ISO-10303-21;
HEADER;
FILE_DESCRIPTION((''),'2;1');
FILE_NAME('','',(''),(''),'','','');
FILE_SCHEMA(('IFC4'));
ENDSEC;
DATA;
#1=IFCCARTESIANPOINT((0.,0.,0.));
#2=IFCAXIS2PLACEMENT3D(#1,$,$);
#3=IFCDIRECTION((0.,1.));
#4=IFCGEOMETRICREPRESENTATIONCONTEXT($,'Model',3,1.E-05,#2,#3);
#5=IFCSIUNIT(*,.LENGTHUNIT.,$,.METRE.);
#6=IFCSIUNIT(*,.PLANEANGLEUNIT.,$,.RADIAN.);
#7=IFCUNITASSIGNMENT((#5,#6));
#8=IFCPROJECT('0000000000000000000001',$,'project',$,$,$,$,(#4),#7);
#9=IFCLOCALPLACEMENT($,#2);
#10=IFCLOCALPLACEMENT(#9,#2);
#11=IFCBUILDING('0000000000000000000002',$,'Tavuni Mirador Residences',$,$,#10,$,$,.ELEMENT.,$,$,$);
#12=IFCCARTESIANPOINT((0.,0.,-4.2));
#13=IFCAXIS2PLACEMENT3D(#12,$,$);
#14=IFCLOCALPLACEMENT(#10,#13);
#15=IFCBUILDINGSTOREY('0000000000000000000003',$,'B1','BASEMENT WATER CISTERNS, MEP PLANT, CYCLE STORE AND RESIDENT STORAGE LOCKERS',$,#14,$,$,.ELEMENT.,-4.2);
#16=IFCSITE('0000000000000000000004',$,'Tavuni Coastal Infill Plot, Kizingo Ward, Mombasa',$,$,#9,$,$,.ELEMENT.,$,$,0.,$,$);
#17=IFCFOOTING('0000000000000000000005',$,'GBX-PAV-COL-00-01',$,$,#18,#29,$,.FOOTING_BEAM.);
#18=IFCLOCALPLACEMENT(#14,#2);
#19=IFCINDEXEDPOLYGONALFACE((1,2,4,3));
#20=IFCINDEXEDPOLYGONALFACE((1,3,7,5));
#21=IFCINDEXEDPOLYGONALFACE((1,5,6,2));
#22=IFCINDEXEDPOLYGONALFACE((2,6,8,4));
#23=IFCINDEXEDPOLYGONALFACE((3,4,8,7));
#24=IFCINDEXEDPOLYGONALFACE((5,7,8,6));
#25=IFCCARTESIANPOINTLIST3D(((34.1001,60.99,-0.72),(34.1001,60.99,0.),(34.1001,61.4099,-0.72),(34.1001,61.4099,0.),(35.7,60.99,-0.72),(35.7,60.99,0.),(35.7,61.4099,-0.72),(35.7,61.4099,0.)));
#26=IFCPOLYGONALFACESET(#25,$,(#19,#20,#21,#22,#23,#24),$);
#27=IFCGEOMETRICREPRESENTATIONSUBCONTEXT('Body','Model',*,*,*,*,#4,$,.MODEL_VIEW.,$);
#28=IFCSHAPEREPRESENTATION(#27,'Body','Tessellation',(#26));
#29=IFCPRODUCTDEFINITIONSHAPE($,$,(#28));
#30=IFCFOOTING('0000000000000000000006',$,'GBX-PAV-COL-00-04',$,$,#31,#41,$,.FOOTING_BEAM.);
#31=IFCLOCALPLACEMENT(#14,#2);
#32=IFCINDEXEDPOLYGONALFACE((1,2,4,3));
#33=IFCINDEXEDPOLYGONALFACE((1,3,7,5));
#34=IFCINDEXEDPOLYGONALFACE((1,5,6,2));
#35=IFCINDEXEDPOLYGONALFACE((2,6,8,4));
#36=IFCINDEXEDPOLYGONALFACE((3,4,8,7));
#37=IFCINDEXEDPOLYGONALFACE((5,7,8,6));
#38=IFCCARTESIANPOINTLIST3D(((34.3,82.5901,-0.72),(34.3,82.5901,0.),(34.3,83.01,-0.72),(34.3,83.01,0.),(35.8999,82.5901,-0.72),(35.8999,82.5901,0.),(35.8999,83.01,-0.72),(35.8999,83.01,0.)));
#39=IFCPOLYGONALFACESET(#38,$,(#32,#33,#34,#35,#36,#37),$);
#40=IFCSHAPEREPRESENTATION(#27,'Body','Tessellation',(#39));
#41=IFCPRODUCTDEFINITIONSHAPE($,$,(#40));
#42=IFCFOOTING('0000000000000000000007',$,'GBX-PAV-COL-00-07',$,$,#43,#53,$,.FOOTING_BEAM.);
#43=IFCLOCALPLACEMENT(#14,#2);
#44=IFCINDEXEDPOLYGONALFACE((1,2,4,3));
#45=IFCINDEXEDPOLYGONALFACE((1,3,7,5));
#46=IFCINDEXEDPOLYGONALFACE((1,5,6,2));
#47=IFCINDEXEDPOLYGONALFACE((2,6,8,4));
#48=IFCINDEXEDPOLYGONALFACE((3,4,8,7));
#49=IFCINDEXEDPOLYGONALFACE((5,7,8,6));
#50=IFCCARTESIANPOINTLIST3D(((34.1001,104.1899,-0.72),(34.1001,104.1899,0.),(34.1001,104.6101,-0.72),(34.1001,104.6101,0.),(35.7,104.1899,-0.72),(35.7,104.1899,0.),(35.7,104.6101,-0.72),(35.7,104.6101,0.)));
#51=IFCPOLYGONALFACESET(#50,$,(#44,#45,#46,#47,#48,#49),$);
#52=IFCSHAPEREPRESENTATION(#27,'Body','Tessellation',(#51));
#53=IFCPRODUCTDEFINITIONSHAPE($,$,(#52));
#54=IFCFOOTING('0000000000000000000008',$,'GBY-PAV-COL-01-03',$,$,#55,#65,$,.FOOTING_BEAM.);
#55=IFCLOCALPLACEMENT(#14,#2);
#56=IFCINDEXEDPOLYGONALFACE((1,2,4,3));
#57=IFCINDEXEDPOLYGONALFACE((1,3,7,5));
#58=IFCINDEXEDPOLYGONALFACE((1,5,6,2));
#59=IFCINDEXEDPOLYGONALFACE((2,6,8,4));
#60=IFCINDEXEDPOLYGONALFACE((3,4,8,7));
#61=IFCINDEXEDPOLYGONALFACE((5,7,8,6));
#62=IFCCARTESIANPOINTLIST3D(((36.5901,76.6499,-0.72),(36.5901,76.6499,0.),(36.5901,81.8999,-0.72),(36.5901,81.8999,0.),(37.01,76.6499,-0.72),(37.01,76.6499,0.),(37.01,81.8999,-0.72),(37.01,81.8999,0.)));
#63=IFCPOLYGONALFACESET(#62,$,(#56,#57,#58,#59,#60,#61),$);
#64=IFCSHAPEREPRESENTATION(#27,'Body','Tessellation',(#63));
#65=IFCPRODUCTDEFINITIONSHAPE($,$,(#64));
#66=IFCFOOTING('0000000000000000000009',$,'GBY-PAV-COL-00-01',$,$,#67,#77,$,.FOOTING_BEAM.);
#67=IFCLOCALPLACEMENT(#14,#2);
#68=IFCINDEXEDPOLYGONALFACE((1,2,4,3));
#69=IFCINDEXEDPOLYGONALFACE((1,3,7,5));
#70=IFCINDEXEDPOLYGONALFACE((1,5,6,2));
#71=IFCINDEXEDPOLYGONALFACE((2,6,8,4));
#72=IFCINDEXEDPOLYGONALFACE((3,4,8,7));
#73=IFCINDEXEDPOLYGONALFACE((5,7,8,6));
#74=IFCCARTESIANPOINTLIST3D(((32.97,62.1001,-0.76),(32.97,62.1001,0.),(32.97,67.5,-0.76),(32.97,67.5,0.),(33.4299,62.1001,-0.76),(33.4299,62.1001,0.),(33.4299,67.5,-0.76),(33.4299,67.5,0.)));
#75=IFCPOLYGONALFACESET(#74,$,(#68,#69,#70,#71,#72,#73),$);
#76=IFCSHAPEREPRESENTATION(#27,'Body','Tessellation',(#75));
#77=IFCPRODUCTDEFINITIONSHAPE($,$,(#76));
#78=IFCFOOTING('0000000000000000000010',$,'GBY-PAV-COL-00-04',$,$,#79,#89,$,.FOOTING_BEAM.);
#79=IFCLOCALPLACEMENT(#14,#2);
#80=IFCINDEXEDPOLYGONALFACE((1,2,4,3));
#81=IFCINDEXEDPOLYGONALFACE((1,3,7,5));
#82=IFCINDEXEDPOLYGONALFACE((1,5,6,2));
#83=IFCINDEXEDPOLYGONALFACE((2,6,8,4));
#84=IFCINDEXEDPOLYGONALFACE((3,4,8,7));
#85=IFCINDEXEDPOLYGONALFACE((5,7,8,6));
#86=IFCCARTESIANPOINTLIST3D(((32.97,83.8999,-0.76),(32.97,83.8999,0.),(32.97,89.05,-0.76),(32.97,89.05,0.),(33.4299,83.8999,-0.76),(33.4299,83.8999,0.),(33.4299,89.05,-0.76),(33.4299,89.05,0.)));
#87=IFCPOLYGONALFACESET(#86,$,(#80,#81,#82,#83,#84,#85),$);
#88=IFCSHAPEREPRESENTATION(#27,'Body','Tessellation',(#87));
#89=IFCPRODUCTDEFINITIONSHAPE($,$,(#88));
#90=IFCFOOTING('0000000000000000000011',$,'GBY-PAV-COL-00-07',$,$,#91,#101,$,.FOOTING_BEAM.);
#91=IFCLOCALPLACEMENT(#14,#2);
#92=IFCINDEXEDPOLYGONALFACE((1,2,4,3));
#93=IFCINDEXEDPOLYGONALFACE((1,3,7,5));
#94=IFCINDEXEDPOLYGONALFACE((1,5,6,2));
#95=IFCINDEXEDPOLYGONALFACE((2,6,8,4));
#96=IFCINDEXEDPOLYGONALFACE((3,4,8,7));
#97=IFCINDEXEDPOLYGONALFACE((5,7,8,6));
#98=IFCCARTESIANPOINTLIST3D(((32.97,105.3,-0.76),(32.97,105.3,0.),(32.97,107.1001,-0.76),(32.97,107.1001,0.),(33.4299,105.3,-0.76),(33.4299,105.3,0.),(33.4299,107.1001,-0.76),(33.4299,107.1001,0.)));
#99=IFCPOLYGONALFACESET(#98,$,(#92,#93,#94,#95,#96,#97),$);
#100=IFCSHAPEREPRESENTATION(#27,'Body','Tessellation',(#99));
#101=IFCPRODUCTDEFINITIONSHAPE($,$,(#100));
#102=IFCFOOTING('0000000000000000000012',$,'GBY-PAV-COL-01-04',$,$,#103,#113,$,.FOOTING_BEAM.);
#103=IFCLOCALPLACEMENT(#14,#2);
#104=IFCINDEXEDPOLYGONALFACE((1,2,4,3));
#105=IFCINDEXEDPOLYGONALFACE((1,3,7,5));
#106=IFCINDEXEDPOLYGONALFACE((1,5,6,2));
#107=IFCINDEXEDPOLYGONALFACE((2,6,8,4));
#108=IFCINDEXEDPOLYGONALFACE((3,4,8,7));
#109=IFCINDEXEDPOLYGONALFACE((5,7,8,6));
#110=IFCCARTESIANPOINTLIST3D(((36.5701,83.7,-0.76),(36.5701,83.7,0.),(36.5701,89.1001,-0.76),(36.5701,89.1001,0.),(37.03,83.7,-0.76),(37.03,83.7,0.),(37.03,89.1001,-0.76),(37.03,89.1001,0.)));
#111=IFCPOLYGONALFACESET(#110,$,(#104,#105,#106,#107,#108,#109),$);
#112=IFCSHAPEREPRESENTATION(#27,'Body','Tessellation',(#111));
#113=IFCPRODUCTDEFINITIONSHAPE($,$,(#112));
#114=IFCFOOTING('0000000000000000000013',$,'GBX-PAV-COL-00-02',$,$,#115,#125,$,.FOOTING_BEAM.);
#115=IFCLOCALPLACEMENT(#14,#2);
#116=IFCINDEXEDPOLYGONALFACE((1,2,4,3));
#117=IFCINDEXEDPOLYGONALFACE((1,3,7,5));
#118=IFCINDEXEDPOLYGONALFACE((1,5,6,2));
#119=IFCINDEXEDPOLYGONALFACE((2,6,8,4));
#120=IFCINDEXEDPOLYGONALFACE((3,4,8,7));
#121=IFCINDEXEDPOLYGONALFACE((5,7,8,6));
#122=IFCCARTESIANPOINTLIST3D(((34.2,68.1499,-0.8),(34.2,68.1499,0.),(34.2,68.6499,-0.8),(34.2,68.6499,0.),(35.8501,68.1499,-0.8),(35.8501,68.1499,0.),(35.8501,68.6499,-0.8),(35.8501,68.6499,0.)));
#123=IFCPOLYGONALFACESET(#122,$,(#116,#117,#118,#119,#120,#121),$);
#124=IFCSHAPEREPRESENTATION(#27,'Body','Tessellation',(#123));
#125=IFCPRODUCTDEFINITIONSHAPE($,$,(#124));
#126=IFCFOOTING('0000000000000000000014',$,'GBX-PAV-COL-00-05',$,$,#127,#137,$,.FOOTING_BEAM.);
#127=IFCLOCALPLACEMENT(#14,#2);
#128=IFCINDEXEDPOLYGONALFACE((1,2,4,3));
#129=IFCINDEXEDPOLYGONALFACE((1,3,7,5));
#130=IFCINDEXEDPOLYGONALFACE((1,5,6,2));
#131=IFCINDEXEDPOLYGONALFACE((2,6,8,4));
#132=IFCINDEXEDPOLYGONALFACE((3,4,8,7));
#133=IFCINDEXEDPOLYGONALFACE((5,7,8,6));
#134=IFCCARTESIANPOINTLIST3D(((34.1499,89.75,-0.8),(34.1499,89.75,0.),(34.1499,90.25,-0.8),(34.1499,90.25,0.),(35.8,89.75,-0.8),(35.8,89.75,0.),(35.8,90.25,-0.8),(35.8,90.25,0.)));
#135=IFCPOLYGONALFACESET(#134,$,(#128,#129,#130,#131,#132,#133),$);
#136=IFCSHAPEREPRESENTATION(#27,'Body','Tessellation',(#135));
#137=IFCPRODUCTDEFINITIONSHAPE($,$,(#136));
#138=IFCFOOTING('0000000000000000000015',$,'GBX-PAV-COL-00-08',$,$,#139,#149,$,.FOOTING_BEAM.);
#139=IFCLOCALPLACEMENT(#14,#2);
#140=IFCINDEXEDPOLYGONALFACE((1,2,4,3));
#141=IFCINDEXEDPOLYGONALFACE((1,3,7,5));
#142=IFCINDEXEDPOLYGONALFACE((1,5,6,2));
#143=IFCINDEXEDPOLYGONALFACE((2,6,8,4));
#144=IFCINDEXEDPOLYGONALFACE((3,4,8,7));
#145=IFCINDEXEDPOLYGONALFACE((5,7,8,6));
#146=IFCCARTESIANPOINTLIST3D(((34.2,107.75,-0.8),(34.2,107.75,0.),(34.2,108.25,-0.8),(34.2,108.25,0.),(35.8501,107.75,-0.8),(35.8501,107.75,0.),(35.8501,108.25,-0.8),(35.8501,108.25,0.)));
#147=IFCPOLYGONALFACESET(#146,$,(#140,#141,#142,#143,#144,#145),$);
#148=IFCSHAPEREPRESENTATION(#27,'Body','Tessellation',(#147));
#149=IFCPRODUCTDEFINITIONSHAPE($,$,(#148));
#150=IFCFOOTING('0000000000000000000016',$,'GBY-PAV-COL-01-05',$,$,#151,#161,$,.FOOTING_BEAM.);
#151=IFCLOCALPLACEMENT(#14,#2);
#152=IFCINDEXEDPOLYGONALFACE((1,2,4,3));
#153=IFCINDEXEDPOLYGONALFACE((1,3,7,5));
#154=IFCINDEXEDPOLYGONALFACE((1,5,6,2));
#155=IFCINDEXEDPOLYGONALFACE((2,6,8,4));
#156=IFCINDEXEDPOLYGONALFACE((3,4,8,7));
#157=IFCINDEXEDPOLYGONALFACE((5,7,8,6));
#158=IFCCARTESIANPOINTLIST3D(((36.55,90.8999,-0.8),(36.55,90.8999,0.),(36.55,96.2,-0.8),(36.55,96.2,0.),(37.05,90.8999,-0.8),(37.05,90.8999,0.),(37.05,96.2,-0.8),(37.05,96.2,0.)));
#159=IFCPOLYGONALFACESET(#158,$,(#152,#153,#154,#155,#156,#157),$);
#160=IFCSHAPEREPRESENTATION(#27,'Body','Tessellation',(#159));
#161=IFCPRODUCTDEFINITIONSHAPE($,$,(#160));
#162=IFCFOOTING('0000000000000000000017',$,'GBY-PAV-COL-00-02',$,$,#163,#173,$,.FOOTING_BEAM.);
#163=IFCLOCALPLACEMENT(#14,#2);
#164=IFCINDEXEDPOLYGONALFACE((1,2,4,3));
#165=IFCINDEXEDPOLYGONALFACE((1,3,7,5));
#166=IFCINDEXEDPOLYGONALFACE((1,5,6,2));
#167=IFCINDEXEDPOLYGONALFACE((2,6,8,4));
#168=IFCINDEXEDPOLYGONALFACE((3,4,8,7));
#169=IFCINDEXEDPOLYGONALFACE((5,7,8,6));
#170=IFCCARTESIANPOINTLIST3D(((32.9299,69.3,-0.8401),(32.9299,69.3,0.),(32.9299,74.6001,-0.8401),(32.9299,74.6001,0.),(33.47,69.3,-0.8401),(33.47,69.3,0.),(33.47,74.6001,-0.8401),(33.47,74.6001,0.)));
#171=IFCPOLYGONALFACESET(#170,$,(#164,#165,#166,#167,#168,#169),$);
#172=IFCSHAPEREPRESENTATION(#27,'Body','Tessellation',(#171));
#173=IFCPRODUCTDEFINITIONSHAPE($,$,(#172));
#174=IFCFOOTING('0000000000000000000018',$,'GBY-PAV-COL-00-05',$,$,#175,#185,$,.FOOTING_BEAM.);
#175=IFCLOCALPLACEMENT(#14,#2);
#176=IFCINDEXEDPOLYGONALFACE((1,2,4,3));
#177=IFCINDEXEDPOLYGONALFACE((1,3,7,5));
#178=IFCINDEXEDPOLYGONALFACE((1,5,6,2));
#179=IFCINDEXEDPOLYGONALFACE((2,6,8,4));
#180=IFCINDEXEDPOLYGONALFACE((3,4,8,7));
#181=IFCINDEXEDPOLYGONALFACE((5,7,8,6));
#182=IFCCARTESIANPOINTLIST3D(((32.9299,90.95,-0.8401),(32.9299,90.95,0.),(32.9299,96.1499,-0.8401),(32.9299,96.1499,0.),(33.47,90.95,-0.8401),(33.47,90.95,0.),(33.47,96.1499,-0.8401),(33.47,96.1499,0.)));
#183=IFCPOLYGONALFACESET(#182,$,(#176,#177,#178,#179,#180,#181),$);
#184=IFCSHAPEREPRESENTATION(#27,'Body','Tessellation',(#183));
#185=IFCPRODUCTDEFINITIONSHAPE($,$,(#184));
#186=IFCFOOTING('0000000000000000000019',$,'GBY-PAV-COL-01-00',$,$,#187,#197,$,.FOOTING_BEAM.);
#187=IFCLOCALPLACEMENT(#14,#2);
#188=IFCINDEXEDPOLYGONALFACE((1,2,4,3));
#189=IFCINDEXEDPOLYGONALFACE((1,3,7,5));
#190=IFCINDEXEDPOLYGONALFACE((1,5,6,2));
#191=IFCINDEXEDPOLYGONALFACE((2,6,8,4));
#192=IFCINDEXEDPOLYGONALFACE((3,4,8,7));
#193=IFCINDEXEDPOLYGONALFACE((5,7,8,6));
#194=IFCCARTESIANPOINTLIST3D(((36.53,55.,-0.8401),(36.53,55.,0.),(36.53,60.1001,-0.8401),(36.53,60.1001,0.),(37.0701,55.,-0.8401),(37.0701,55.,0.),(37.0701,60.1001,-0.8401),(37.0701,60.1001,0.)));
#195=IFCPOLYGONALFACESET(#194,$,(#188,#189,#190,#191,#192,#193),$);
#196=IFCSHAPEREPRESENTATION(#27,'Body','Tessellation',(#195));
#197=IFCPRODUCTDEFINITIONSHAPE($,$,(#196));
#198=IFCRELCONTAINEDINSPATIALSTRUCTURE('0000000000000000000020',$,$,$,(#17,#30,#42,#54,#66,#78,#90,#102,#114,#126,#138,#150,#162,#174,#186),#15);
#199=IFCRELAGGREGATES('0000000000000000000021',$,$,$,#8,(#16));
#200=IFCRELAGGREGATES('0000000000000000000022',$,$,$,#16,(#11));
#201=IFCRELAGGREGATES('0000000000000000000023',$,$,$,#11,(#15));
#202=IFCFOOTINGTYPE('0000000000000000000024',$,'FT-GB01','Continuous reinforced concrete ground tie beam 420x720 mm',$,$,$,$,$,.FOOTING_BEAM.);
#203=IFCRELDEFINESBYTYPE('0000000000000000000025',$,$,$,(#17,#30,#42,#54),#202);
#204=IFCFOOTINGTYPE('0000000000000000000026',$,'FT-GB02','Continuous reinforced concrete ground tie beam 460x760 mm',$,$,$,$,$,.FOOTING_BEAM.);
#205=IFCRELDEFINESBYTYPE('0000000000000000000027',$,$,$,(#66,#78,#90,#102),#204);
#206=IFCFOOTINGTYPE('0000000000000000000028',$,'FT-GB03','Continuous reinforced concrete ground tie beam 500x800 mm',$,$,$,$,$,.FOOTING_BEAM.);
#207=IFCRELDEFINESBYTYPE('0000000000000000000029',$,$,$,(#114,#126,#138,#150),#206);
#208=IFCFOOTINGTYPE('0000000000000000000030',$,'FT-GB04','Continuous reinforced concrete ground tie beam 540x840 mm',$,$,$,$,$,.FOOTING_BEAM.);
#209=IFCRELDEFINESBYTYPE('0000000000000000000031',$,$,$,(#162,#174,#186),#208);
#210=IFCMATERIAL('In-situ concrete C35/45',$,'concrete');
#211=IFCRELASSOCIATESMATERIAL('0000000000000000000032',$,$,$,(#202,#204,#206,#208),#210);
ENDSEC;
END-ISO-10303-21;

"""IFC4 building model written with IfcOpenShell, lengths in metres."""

from ifc_helpers import new_model, si_unit, direction, frame, origin, place, context, subcontext, project, spatial, polyline, outline, extrude, material, type_object, element, save


model = new_model("IFC4")

# Units and contexts
model_context = context("Model", 3, precision=1e-05, world=origin(), true_north=direction((0.0, 1.0)))
body_context = subcontext(model_context, "Body", "Model", "MODEL_VIEW")
ifc_project = project(units=[si_unit("LENGTHUNIT", "METRE"), si_unit("PLANEANGLEUNIT", "RADIAN")], contexts=[model_context])

# Site, building, storey
site_placement = place(None, origin())
site = spatial("IfcSite", under=ifc_project, at=site_placement, Name="Tavuni Coastal Infill Plot, Kizingo Ward, Mombasa", CompositionType="ELEMENT", RefElevation=0.0)
building_placement = place(site_placement, origin())
building = spatial("IfcBuilding", under=site, at=building_placement, Name="Tavuni Mirador Residences", CompositionType="ELEMENT")
storey_placement = place(building_placement, frame((0.0, 0.0, -4.2)))
storey = spatial("IfcBuildingStorey", under=building, at=storey_placement, Name="B1", Description="BASEMENT WATER CISTERNS, MEP PLANT, CYCLE STORE AND RESIDENT STORAGE LOCKERS", CompositionType="ELEMENT", Elevation=-4.2)

# Footings
ifc_material_1 = material(Name="In-situ concrete C35/45", Category="concrete")
footing_type_1 = type_object("IfcFootingType", Name="FT-GB01", Description="Continuous reinforced concrete ground tie beam 420x720 mm", PredefinedType="FOOTING_BEAM", material=ifc_material_1)
footing_1_placement = place(storey_placement, frame((0.0, 0.0, -0.72)))
element("IfcFooting", 1, at=footing_1_placement, inside=storey, type_object=footing_type_1, Name="GBX-PAV-COL-00-01", PredefinedType="FOOTING_BEAM", context=body_context, shape_type="SweptSolid", body=[
    extrude(outline(polyline([(34.1001, 60.99), (35.7, 60.99), (35.7, 61.4099), (34.1001, 61.4099), (34.1001, 60.99)])), origin(), (0.0, 0.0, 1.0), 0.72),
])
footing_2_placement = place(storey_placement, frame((0.0, 0.0, -0.72)))
element("IfcFooting", 2, at=footing_2_placement, inside=storey, type_object=footing_type_1, Name="GBX-PAV-COL-00-04", PredefinedType="FOOTING_BEAM", context=body_context, shape_type="SweptSolid", body=[
    extrude(outline(polyline([(34.3, 82.5901), (35.8999, 82.5901), (35.8999, 83.01), (34.3, 83.01), (34.3, 82.5901)])), origin(), (0.0, 0.0, 1.0), 0.72),
])
footing_3_placement = place(storey_placement, frame((0.0, 0.0, -0.72)))
element("IfcFooting", 3, at=footing_3_placement, inside=storey, type_object=footing_type_1, Name="GBX-PAV-COL-00-07", PredefinedType="FOOTING_BEAM", context=body_context, shape_type="SweptSolid", body=[
    extrude(outline(polyline([(34.1001, 104.1899), (35.7, 104.1899), (35.7, 104.6101), (34.1001, 104.6101), (34.1001, 104.1899)])), origin(), (0.0, 0.0, 1.0), 0.72),
])
footing_4_placement = place(storey_placement, frame((0.0, 0.0, -0.72)))
element("IfcFooting", 4, at=footing_4_placement, inside=storey, type_object=footing_type_1, Name="GBY-PAV-COL-01-03", PredefinedType="FOOTING_BEAM", context=body_context, shape_type="SweptSolid", body=[
    extrude(outline(polyline([(36.5901, 76.6499), (37.01, 76.6499), (37.01, 81.8999), (36.5901, 81.8999), (36.5901, 76.6499)])), origin(), (0.0, 0.0, 1.0), 0.72),
])
footing_type_2 = type_object("IfcFootingType", Name="FT-GB02", Description="Continuous reinforced concrete ground tie beam 460x760 mm", PredefinedType="FOOTING_BEAM", material=ifc_material_1)
footing_5_placement = place(storey_placement, frame((0.0, 0.0, -0.76)))
element("IfcFooting", 5, at=footing_5_placement, inside=storey, type_object=footing_type_2, Name="GBY-PAV-COL-00-01", PredefinedType="FOOTING_BEAM", context=body_context, shape_type="SweptSolid", body=[
    extrude(outline(polyline([(32.97, 62.1001), (33.4299, 62.1001), (33.4299, 67.5), (32.97, 67.5), (32.97, 62.1001)])), origin(), (0.0, 0.0, 1.0), 0.76),
])
footing_6_placement = place(storey_placement, frame((0.0, 0.0, -0.76)))
element("IfcFooting", 6, at=footing_6_placement, inside=storey, type_object=footing_type_2, Name="GBY-PAV-COL-00-04", PredefinedType="FOOTING_BEAM", context=body_context, shape_type="SweptSolid", body=[
    extrude(outline(polyline([(32.97, 83.8999), (33.4299, 83.8999), (33.4299, 89.05), (32.97, 89.05), (32.97, 83.8999)])), origin(), (0.0, 0.0, 1.0), 0.76),
])
footing_7_placement = place(storey_placement, frame((0.0, 0.0, -0.76)))
element("IfcFooting", 7, at=footing_7_placement, inside=storey, type_object=footing_type_2, Name="GBY-PAV-COL-00-07", PredefinedType="FOOTING_BEAM", context=body_context, shape_type="SweptSolid", body=[
    extrude(outline(polyline([(32.97, 105.3), (33.4299, 105.3), (33.4299, 107.1001), (32.97, 107.1001), (32.97, 105.3)])), origin(), (0.0, 0.0, 1.0), 0.76),
])
footing_8_placement = place(storey_placement, frame((0.0, 0.0, -0.76)))
element("IfcFooting", 8, at=footing_8_placement, inside=storey, type_object=footing_type_2, Name="GBY-PAV-COL-01-04", PredefinedType="FOOTING_BEAM", context=body_context, shape_type="SweptSolid", body=[
    extrude(outline(polyline([(36.5701, 83.7), (37.03, 83.7), (37.03, 89.1001), (36.5701, 89.1001), (36.5701, 83.7)])), origin(), (0.0, 0.0, 1.0), 0.76),
])
footing_type_3 = type_object("IfcFootingType", Name="FT-GB03", Description="Continuous reinforced concrete ground tie beam 500x800 mm", PredefinedType="FOOTING_BEAM", material=ifc_material_1)
footing_9_placement = place(storey_placement, frame((0.0, 0.0, -0.8)))
element("IfcFooting", 9, at=footing_9_placement, inside=storey, type_object=footing_type_3, Name="GBX-PAV-COL-00-02", PredefinedType="FOOTING_BEAM", context=body_context, shape_type="SweptSolid", body=[
    extrude(outline(polyline([(34.2, 68.1499), (35.8501, 68.1499), (35.8501, 68.6499), (34.2, 68.6499), (34.2, 68.1499)])), origin(), (0.0, 0.0, 1.0), 0.8),
])
footing_10_placement = place(storey_placement, frame((0.0, 0.0, -0.8)))
element("IfcFooting", 10, at=footing_10_placement, inside=storey, type_object=footing_type_3, Name="GBX-PAV-COL-00-05", PredefinedType="FOOTING_BEAM", context=body_context, shape_type="SweptSolid", body=[
    extrude(outline(polyline([(34.1499, 89.75), (35.8, 89.75), (35.8, 90.25), (34.1499, 90.25), (34.1499, 89.75)])), origin(), (0.0, 0.0, 1.0), 0.8),
])
footing_11_placement = place(storey_placement, frame((0.0, 0.0, -0.8)))
element("IfcFooting", 11, at=footing_11_placement, inside=storey, type_object=footing_type_3, Name="GBX-PAV-COL-00-08", PredefinedType="FOOTING_BEAM", context=body_context, shape_type="SweptSolid", body=[
    extrude(outline(polyline([(34.2, 107.75), (35.8501, 107.75), (35.8501, 108.25), (34.2, 108.25), (34.2, 107.75)])), origin(), (0.0, 0.0, 1.0), 0.8),
])
footing_12_placement = place(storey_placement, frame((0.0, 0.0, -0.8)))
element("IfcFooting", 12, at=footing_12_placement, inside=storey, type_object=footing_type_3, Name="GBY-PAV-COL-01-05", PredefinedType="FOOTING_BEAM", context=body_context, shape_type="SweptSolid", body=[
    extrude(outline(polyline([(36.55, 90.8999), (37.05, 90.8999), (37.05, 96.2), (36.55, 96.2), (36.55, 90.8999)])), origin(), (0.0, 0.0, 1.0), 0.8),
])
footing_type_4 = type_object("IfcFootingType", Name="FT-GB04", Description="Continuous reinforced concrete ground tie beam 540x840 mm", PredefinedType="FOOTING_BEAM", material=ifc_material_1)
footing_13_placement = place(storey_placement, frame((0.0, 0.0, -0.8401)))
element("IfcFooting", 13, at=footing_13_placement, inside=storey, type_object=footing_type_4, Name="GBY-PAV-COL-00-02", PredefinedType="FOOTING_BEAM", context=body_context, shape_type="SweptSolid", body=[
    extrude(outline(polyline([(32.9299, 69.3), (33.47, 69.3), (33.47, 74.6001), (32.9299, 74.6001), (32.9299, 69.3)])), origin(), (0.0, 0.0, 1.0), 0.8401),
])
footing_14_placement = place(storey_placement, frame((0.0, 0.0, -0.8401)))
element("IfcFooting", 14, at=footing_14_placement, inside=storey, type_object=footing_type_4, Name="GBY-PAV-COL-00-05", PredefinedType="FOOTING_BEAM", context=body_context, shape_type="SweptSolid", body=[
    extrude(outline(polyline([(32.9299, 90.95), (33.47, 90.95), (33.47, 96.1499), (32.9299, 96.1499), (32.9299, 90.95)])), origin(), (0.0, 0.0, 1.0), 0.8401),
])
footing_15_placement = place(storey_placement, frame((0.0, 0.0, -0.8401)))
element("IfcFooting", 15, at=footing_15_placement, inside=storey, type_object=footing_type_4, Name="GBY-PAV-COL-01-00", PredefinedType="FOOTING_BEAM", context=body_context, shape_type="SweptSolid", body=[
    extrude(outline(polyline([(36.53, 55.0), (37.0701, 55.0), (37.0701, 60.1001), (36.53, 60.1001), (36.53, 55.0)])), origin(), (0.0, 0.0, 1.0), 0.8401),
])

save(model, "model.ifc")
